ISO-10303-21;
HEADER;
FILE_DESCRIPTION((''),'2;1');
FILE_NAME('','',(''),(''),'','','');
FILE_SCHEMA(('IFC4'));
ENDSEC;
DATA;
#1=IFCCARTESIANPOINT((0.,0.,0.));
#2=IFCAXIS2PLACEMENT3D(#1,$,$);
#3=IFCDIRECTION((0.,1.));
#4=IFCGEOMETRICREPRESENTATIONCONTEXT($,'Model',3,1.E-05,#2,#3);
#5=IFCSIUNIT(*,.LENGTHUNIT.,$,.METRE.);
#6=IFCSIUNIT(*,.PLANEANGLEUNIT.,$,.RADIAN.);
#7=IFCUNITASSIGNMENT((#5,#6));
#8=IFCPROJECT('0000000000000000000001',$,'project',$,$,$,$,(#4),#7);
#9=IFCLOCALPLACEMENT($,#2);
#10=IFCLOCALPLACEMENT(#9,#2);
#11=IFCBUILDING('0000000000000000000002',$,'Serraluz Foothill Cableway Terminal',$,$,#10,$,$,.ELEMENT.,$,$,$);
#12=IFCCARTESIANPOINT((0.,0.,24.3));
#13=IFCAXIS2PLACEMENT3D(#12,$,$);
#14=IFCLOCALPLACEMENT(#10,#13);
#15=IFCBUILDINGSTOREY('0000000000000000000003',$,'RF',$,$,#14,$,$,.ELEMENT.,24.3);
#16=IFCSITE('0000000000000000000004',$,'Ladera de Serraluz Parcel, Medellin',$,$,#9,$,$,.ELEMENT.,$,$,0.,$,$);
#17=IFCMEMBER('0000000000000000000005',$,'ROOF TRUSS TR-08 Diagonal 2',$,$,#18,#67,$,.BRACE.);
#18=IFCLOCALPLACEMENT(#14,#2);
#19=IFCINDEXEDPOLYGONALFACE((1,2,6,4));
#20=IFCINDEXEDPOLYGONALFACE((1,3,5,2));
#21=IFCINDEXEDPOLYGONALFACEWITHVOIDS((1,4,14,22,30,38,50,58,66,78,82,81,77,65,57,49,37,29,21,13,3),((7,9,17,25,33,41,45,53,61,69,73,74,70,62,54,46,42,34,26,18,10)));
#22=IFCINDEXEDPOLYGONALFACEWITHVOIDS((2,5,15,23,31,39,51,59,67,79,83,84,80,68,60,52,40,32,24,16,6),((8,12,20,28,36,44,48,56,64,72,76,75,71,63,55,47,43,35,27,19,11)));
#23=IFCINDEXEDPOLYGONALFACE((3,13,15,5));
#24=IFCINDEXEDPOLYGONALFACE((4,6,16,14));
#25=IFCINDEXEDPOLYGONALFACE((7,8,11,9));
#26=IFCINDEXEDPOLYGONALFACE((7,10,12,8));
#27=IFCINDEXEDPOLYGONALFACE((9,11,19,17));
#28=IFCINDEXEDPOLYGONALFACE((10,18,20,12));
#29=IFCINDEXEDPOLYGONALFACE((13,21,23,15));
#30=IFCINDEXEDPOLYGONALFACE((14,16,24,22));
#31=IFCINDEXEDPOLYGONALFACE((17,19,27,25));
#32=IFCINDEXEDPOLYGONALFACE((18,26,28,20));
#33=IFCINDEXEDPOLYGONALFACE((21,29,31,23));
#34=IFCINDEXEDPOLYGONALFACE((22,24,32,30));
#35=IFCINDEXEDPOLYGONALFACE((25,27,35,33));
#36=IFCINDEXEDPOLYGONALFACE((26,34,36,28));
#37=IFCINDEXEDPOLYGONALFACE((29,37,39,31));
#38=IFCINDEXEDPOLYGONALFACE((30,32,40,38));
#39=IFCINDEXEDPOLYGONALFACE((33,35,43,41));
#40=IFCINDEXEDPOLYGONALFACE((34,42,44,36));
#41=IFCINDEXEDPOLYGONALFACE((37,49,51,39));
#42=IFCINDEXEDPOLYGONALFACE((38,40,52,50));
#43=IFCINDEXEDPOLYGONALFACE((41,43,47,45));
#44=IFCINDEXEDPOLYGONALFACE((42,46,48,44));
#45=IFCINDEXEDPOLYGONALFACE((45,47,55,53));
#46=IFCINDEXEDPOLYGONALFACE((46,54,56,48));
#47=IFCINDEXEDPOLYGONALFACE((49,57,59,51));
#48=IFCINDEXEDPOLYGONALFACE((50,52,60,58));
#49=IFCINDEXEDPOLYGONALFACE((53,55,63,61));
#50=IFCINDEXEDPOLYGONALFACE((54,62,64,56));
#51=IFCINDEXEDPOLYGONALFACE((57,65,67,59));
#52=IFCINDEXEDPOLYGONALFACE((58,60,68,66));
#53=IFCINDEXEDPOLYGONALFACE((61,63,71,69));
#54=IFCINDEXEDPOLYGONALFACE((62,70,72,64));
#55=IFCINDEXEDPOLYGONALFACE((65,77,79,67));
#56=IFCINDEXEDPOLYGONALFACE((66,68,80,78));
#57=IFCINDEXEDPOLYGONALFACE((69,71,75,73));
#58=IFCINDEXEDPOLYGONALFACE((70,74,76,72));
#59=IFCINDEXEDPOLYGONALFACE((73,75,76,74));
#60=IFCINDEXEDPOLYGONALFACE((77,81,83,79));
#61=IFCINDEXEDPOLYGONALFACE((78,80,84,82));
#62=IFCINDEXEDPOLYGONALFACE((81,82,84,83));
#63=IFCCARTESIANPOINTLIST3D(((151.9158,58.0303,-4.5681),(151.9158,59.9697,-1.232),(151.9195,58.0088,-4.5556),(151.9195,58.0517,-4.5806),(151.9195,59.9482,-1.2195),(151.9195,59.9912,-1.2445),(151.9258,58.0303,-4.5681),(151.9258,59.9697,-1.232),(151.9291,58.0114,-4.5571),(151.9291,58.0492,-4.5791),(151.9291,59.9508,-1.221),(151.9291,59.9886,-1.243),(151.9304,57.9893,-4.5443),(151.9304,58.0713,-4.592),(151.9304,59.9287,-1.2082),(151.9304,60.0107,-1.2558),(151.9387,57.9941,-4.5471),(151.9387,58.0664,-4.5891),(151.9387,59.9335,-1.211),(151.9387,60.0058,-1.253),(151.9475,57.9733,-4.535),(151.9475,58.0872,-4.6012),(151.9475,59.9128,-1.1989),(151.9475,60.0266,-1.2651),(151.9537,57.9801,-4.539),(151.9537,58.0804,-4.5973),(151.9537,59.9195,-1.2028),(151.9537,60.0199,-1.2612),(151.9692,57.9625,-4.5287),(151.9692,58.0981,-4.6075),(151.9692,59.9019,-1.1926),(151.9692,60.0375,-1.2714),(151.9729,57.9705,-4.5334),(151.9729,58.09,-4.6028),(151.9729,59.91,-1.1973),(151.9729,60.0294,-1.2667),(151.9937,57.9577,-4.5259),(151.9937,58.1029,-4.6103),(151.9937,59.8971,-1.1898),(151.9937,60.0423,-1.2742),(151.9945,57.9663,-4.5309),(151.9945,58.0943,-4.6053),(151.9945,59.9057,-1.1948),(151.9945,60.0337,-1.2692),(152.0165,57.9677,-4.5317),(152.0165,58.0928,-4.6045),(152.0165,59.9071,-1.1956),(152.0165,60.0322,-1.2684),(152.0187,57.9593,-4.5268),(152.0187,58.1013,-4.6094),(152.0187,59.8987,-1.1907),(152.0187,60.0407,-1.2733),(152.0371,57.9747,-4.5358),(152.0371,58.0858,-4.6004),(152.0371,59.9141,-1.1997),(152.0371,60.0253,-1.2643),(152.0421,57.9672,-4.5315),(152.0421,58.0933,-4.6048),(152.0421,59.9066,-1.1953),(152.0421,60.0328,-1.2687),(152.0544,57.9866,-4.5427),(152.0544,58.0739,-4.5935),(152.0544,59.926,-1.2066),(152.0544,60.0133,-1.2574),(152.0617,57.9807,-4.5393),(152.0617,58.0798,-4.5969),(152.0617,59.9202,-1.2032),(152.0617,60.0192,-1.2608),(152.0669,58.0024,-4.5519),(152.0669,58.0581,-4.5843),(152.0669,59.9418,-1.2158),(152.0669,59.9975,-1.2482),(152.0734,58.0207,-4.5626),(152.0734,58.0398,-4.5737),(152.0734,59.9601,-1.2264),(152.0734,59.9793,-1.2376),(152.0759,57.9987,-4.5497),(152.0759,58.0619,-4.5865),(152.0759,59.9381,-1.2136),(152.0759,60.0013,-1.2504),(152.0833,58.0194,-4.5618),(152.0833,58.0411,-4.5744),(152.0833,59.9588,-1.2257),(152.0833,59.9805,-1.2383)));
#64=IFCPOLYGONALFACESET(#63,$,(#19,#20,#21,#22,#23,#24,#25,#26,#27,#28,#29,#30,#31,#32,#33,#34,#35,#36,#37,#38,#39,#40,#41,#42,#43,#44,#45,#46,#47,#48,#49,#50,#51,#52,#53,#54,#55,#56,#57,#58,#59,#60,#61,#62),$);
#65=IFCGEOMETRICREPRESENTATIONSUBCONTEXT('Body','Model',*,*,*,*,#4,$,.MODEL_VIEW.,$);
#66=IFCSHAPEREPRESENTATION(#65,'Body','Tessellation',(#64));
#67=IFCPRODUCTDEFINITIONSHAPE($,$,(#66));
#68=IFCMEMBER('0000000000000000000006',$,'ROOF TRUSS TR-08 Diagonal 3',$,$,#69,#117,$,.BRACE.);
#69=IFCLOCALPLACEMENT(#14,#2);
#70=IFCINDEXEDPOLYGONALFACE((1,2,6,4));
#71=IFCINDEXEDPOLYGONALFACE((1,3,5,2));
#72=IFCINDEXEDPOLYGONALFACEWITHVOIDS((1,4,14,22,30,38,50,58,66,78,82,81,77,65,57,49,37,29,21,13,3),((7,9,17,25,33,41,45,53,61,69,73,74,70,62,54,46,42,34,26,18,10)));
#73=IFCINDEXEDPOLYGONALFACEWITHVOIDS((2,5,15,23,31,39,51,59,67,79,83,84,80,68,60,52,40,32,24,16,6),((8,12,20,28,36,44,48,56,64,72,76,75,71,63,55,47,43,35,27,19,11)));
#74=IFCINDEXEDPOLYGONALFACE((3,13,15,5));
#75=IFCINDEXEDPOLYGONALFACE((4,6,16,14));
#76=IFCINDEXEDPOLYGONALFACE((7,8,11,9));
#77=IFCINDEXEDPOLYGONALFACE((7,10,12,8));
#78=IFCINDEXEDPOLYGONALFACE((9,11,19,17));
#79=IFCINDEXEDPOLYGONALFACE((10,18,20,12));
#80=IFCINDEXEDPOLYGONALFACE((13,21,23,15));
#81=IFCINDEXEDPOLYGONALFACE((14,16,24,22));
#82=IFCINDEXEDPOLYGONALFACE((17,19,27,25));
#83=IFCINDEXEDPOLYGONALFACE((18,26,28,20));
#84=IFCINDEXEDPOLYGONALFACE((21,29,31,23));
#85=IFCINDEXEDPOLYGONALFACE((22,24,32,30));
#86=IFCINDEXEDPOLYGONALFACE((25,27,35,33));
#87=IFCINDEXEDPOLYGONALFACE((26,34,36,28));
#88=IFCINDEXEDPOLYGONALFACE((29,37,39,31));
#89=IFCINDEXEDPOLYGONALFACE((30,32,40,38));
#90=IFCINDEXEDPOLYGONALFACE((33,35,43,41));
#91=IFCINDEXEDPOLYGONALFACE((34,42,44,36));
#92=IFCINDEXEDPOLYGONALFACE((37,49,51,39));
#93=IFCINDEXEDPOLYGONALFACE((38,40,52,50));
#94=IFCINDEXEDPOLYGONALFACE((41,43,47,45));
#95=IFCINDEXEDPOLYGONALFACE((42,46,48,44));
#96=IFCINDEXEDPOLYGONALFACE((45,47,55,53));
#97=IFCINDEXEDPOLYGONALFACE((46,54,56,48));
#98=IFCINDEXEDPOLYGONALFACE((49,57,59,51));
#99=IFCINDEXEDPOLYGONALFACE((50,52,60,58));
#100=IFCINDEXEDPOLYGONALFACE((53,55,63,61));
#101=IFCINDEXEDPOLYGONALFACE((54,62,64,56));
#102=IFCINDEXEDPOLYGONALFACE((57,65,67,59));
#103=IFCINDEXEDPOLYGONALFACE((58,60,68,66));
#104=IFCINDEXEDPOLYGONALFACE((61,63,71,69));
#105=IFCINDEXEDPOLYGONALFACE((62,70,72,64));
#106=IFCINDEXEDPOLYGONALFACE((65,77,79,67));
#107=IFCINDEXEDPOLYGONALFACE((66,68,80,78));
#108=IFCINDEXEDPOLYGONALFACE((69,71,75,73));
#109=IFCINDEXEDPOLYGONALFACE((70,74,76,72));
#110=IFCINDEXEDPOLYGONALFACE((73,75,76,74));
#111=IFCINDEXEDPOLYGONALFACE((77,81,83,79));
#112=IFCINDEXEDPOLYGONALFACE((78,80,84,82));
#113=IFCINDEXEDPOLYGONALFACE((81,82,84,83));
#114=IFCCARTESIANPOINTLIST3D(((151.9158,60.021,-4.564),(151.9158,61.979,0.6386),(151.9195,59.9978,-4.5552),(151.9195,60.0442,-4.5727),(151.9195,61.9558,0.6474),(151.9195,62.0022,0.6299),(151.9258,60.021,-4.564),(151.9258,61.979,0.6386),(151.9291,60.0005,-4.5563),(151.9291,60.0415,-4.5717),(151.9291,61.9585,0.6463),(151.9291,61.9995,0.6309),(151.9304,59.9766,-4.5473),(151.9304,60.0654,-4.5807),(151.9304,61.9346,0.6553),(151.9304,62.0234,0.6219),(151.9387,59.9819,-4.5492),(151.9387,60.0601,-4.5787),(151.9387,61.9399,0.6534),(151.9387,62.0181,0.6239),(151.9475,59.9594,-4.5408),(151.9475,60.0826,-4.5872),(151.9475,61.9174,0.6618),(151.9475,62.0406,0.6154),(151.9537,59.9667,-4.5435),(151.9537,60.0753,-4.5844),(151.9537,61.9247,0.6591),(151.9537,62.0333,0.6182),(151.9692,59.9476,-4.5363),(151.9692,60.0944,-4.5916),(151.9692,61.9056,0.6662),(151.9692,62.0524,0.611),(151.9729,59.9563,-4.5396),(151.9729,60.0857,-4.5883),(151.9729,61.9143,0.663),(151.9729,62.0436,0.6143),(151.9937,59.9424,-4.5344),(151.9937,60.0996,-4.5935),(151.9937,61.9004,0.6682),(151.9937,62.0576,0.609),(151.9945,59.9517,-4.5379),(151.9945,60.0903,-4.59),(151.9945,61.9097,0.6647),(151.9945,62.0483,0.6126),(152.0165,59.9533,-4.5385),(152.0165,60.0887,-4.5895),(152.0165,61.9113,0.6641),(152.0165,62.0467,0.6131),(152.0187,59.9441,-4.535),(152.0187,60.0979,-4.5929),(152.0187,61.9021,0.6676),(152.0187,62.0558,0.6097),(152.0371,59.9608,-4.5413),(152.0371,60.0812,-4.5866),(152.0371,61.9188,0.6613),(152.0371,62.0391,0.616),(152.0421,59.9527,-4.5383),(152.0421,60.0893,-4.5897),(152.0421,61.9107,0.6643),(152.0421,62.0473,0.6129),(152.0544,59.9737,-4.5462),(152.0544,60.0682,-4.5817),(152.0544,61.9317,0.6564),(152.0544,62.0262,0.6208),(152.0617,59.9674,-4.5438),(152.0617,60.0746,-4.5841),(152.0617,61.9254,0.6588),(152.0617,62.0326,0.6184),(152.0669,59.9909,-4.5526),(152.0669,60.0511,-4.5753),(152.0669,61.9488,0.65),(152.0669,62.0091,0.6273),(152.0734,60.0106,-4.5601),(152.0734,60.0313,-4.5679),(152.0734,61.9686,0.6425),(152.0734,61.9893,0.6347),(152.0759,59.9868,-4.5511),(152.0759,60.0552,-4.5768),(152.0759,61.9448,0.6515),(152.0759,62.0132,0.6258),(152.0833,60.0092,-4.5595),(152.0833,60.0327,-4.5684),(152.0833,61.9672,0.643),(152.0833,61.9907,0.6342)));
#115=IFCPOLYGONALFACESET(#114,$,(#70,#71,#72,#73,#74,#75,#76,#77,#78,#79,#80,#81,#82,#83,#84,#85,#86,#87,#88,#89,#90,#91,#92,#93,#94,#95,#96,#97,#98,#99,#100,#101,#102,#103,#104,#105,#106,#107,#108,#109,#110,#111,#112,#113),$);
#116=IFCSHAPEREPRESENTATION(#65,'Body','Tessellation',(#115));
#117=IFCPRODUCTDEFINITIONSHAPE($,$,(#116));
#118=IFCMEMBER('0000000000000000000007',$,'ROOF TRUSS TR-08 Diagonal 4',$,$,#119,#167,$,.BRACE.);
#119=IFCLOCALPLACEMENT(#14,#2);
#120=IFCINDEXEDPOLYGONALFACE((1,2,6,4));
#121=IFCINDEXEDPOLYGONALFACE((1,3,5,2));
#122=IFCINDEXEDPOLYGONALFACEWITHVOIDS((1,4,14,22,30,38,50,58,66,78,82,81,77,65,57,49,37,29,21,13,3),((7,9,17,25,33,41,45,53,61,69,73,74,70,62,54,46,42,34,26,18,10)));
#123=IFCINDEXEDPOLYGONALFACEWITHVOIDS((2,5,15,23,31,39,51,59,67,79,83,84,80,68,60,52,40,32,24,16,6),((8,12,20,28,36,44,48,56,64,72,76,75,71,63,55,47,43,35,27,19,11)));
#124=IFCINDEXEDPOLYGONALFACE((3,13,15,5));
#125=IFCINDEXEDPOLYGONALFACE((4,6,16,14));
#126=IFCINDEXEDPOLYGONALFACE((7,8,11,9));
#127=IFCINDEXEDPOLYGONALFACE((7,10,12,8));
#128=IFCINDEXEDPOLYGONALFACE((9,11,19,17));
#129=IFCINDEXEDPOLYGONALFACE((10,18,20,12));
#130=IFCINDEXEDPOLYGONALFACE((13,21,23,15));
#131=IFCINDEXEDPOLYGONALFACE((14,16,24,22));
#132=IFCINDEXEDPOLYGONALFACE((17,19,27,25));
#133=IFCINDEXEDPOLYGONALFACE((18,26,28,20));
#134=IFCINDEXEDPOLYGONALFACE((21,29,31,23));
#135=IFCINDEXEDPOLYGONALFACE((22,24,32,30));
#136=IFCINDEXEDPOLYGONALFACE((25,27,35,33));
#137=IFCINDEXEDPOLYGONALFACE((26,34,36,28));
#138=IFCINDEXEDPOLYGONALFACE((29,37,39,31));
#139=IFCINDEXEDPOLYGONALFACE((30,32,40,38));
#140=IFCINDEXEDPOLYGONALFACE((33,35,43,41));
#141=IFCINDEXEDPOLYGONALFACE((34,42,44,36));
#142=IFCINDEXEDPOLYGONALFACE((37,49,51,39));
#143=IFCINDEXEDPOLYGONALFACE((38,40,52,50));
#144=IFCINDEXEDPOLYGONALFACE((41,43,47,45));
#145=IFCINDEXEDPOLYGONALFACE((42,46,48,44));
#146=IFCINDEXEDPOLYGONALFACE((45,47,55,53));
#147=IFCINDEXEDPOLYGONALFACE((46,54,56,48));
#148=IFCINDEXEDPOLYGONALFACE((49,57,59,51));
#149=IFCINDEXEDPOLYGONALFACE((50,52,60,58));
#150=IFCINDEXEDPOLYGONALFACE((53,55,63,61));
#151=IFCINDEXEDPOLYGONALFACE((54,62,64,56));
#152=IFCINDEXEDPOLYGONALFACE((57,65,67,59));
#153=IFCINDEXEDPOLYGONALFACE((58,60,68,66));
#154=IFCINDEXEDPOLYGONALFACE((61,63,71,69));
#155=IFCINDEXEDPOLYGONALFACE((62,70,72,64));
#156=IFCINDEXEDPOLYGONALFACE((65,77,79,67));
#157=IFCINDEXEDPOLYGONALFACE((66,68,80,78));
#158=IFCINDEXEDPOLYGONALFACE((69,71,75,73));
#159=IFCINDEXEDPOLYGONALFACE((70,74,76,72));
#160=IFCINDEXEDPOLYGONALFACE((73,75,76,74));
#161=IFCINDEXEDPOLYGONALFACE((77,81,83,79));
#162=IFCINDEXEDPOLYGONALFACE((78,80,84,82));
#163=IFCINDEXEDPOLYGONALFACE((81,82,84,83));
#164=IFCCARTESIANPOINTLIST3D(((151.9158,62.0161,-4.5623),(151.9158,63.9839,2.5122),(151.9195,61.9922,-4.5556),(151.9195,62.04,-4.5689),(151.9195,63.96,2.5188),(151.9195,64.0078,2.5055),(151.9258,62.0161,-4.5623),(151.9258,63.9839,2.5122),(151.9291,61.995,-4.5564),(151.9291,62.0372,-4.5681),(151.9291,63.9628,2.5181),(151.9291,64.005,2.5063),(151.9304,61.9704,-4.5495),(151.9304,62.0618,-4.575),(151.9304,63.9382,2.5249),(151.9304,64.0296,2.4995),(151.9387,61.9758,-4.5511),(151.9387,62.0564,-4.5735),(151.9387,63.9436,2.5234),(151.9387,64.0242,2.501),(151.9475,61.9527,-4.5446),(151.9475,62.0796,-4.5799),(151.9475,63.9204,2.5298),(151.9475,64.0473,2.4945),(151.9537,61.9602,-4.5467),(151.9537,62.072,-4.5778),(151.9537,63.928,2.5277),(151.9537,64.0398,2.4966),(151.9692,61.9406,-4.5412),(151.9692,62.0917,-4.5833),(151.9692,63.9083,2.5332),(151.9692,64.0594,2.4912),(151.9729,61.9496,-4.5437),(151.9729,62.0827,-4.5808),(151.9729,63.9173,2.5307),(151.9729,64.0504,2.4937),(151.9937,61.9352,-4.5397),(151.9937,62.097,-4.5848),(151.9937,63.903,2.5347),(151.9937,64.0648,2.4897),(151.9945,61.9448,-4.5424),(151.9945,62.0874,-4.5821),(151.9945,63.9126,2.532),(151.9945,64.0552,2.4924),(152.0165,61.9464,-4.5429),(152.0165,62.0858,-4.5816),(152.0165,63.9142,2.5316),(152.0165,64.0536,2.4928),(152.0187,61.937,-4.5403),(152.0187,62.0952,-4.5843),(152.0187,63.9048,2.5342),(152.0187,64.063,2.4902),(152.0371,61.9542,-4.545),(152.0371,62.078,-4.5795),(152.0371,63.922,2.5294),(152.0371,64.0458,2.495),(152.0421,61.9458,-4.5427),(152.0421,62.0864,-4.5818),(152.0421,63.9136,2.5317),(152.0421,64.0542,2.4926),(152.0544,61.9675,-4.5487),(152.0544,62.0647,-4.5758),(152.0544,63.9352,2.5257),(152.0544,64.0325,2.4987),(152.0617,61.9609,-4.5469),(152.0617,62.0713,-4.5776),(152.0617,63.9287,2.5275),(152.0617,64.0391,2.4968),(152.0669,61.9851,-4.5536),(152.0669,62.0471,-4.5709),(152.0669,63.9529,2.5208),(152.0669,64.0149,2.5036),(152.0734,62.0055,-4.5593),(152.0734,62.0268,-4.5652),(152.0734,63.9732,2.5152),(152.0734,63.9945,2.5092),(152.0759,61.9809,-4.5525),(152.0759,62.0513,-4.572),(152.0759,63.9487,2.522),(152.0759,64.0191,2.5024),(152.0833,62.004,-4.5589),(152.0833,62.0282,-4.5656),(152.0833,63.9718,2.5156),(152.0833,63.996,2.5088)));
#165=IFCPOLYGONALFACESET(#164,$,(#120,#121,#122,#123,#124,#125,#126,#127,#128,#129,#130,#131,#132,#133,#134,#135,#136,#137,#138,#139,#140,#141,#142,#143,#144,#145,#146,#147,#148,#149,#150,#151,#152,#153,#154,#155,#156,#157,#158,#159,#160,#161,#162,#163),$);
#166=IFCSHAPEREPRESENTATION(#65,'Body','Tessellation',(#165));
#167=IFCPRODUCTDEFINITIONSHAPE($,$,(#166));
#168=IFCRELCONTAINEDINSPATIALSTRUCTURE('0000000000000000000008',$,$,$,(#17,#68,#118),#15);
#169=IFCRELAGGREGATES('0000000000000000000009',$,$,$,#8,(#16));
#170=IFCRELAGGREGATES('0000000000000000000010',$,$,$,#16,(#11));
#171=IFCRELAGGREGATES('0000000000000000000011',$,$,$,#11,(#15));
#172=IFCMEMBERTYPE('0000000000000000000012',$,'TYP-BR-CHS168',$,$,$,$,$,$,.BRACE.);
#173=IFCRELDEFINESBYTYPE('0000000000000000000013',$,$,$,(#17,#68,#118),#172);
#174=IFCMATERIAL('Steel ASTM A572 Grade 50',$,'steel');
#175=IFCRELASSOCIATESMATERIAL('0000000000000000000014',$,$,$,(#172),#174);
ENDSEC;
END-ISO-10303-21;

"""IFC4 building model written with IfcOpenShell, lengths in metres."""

from ifc_helpers import new_model, si_unit, direction, frame, origin, origin_2d, place, context, subcontext, project, spatial, hollow_circle, extrude, material, material_profile, profile_set, type_object, element, save


model = new_model("IFC4")

# Units and contexts
model_context = context("Model", 3, precision=1e-05, world=origin(), true_north=direction((0.0, 1.0)))
body_context = subcontext(model_context, "Body", "Model", "MODEL_VIEW")
ifc_project = project(units=[si_unit("LENGTHUNIT", "METRE"), si_unit("PLANEANGLEUNIT", "RADIAN")], contexts=[model_context])

# Site, building, storey
site_placement = place(None, origin())
site = spatial("IfcSite", under=ifc_project, at=site_placement, Name="Ladera de Serraluz Parcel, Medellin", CompositionType="ELEMENT", RefElevation=0.0)
building_placement = place(site_placement, origin())
building = spatial("IfcBuilding", under=site, at=building_placement, Name="Serraluz Foothill Cableway Terminal", CompositionType="ELEMENT")
storey_placement = place(building_placement, frame((0.0, 0.0, 24.3)))
storey = spatial("IfcBuildingStorey", under=building, at=storey_placement, Name="RF", CompositionType="ELEMENT", Elevation=24.3)

# Members
ifc_material_1 = material(Name="Steel ASTM A572 Grade 50", Category="steel")
ifc_material_profile_1 = material_profile(ifc_material_1, hollow_circle(Radius=0.0842, WallThickness=0.01, at=origin_2d()), Name="CHS168X10")
ifc_profile_set_1 = profile_set([ifc_material_profile_1], Name="Steel ASTM A572 Grade 50")
member_type_1 = type_object("IfcMemberType", Name="TYP-BR-CHS168", PredefinedType="BRACE", material=ifc_profile_set_1)
member_1_placement = place(storey_placement, frame((152.0, 58.0303, -4.5681), z_axis=(0.0, 0.502584, 0.864528), x_axis=(-1.0, 0.0, 0.0)))
element("IfcMember", 1, at=member_1_placement, inside=storey, type_object=member_type_1, Name="ROOF TRUSS TR-08 Diagonal 2", PredefinedType="BRACE", context=body_context, shape_type="SweptSolid", body=[
    extrude(hollow_circle(Radius=0.0842, WallThickness=0.01, at=origin_2d()), origin(), (0.0, 0.0, 1.0), 3.8589),
])
member_2_placement = place(storey_placement, frame((152.0, 60.021, -4.564), z_axis=(0.0, 0.35223, 0.935913), x_axis=(-1.0, 0.0, 0.0)))
element("IfcMember", 2, at=member_2_placement, inside=storey, type_object=member_type_1, Name="ROOF TRUSS TR-08 Diagonal 3", PredefinedType="BRACE", context=body_context, shape_type="SweptSolid", body=[
    extrude(hollow_circle(Radius=0.0842, WallThickness=0.01, at=origin_2d()), origin(), (0.0, 0.0, 1.0), 5.5588),
])
member_3_placement = place(storey_placement, frame((152.0, 62.0161, -4.5623), z_axis=(0.0, 0.267978, 0.963425), x_axis=(-1.0, 0.0, 0.0)))
element("IfcMember", 3, at=member_3_placement, inside=storey, type_object=member_type_1, Name="ROOF TRUSS TR-08 Diagonal 4", PredefinedType="BRACE", context=body_context, shape_type="SweptSolid", body=[
    extrude(hollow_circle(Radius=0.0842, WallThickness=0.01, at=origin_2d()), origin(), (0.0, 0.0, 1.0), 7.343),
])

save(model, "model.ifc")
